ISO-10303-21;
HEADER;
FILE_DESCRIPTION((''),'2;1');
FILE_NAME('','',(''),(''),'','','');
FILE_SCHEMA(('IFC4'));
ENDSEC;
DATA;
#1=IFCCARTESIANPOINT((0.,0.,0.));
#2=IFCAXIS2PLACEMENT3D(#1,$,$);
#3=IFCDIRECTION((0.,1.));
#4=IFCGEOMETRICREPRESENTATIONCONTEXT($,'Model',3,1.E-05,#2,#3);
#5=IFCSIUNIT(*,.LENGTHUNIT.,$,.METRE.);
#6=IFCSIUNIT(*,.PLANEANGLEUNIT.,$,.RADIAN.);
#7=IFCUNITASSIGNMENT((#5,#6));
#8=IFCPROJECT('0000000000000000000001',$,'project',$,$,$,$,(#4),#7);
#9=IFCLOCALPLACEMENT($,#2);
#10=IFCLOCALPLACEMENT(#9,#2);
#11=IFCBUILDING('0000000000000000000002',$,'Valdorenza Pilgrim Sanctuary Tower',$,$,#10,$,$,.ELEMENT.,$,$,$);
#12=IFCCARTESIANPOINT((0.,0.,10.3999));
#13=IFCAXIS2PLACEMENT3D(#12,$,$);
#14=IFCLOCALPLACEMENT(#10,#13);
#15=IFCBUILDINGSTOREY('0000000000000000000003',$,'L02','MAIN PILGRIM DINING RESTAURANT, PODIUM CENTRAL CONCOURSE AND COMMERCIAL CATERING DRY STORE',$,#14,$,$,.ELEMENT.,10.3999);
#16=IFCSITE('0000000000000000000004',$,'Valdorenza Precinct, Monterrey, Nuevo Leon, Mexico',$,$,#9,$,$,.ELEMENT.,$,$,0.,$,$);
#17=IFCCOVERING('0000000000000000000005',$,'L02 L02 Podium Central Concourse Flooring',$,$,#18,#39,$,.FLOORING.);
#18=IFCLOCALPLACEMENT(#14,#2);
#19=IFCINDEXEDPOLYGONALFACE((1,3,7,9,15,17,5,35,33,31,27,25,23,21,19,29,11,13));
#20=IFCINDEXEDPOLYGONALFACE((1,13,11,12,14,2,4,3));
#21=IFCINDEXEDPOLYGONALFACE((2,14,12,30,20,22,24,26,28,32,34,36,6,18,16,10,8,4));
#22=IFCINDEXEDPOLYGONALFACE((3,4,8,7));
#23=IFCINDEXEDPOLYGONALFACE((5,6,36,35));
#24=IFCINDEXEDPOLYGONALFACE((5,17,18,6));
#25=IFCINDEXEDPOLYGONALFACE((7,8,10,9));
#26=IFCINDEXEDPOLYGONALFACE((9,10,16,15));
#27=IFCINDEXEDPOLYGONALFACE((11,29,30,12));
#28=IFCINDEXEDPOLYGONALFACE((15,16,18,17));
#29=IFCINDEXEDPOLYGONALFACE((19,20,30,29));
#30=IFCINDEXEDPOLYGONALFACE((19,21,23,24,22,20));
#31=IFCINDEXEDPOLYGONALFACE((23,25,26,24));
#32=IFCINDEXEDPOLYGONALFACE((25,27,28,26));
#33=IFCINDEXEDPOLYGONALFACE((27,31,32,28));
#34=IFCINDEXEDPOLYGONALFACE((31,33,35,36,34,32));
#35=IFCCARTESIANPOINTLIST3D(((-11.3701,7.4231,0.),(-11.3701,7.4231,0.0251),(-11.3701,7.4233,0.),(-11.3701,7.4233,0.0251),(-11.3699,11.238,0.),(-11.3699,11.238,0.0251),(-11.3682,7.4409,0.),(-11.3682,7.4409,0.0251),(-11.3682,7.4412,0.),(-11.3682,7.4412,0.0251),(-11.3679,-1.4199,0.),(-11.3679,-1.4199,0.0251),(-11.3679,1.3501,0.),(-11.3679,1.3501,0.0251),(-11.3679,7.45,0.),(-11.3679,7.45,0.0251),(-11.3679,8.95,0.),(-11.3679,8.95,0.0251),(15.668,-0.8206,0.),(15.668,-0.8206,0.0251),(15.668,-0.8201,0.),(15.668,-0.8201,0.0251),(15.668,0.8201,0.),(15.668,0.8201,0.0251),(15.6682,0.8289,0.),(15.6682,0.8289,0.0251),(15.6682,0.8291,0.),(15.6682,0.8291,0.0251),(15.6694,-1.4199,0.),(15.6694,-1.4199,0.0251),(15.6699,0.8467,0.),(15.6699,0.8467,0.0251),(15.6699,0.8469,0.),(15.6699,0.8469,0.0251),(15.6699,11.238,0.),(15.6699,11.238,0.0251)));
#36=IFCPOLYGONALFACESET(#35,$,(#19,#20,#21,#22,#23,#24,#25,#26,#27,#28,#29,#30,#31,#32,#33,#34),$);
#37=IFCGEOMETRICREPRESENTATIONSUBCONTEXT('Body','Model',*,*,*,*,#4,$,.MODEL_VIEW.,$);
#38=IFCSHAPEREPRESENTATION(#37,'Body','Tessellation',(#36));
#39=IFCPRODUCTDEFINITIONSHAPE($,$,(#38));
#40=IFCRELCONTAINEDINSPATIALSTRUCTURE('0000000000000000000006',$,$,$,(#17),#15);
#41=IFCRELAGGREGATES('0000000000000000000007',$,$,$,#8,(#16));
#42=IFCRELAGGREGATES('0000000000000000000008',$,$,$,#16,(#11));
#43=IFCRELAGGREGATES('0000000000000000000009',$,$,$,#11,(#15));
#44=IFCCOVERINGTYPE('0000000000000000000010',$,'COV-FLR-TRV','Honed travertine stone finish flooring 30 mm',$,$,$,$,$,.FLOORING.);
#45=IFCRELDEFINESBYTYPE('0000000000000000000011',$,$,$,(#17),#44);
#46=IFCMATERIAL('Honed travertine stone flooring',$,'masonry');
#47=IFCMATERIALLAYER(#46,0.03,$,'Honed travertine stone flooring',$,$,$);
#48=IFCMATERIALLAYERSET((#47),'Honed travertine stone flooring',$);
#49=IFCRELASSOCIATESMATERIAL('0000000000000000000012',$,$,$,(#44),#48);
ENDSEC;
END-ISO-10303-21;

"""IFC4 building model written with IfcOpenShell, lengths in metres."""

from ifc_helpers import new_model, si_unit, direction, frame, origin, place, context, subcontext, project, spatial, polyline, outline, extrude, material, layer, layer_set, type_object, element, save


model = new_model("IFC4")

# Units and contexts
model_context = context("Model", 3, precision=1e-05, world=origin(), true_north=direction((0.0, 1.0)))
body_context = subcontext(model_context, "Body", "Model", "MODEL_VIEW")
ifc_project = project(units=[si_unit("LENGTHUNIT", "METRE"), si_unit("PLANEANGLEUNIT", "RADIAN")], contexts=[model_context])

# Site, building, storey
site_placement = place(None, origin())
site = spatial("IfcSite", under=ifc_project, at=site_placement, Name="Valdorenza Precinct, Monterrey, Nuevo Leon, Mexico", CompositionType="ELEMENT", RefElevation=0.0)
building_placement = place(site_placement, origin())
building = spatial("IfcBuilding", under=site, at=building_placement, Name="Valdorenza Pilgrim Sanctuary Tower", CompositionType="ELEMENT")
storey_placement = place(building_placement, frame((0.0, 0.0, 10.3999)))
storey = spatial("IfcBuildingStorey", under=building, at=storey_placement, Name="L02", Description="MAIN PILGRIM DINING RESTAURANT, PODIUM CENTRAL CONCOURSE AND COMMERCIAL CATERING DRY STORE", CompositionType="ELEMENT", Elevation=10.3999)

# Covering
ifc_material_1 = material(Name="Honed travertine stone flooring", Category="masonry")
ifc_layer_1 = layer(ifc_material_1, 0.03, Name="Honed travertine stone flooring")
ifc_layer_set_1 = layer_set([ifc_layer_1], Name="Honed travertine stone flooring")
covering_type_1 = type_object("IfcCoveringType", Name="COV-FLR-TRV", Description="Honed travertine stone finish flooring 30 mm", PredefinedType="FLOORING", material=ifc_layer_set_1)
covering_1_placement = place(storey_placement, origin())
element("IfcCovering", 1, at=covering_1_placement, inside=storey, type_object=covering_type_1, Name="L02 L02 Podium Central Concourse Flooring", PredefinedType="FLOORING", context=body_context, shape_type="SweptSolid", body=[
    extrude(outline(polyline([(-11.3679, -1.4199), (-11.3679, -1.4199), (-11.3679, 1.3501), (-11.3701, 7.4231), (-11.3701, 7.4231), (-11.3701, 7.4233), (-11.3682, 7.4409), (-11.3682, 7.4412), (-11.3679, 7.45), (-11.3679, 8.95), (-11.3699, 11.238), (15.6699, 11.238), (15.6699, 0.8469), (15.6699, 0.8467), (15.6699, 0.8467), (15.6682, 0.8291), (15.6682, 0.8289), (15.668, 0.8201), (15.668, -0.8201), (15.668, -0.8206), (15.6694, -1.4199), (-11.3679, -1.4199)])), origin(), (0.0, 0.0, 1.0), 0.0251),
])

save(model, "model.ifc")
